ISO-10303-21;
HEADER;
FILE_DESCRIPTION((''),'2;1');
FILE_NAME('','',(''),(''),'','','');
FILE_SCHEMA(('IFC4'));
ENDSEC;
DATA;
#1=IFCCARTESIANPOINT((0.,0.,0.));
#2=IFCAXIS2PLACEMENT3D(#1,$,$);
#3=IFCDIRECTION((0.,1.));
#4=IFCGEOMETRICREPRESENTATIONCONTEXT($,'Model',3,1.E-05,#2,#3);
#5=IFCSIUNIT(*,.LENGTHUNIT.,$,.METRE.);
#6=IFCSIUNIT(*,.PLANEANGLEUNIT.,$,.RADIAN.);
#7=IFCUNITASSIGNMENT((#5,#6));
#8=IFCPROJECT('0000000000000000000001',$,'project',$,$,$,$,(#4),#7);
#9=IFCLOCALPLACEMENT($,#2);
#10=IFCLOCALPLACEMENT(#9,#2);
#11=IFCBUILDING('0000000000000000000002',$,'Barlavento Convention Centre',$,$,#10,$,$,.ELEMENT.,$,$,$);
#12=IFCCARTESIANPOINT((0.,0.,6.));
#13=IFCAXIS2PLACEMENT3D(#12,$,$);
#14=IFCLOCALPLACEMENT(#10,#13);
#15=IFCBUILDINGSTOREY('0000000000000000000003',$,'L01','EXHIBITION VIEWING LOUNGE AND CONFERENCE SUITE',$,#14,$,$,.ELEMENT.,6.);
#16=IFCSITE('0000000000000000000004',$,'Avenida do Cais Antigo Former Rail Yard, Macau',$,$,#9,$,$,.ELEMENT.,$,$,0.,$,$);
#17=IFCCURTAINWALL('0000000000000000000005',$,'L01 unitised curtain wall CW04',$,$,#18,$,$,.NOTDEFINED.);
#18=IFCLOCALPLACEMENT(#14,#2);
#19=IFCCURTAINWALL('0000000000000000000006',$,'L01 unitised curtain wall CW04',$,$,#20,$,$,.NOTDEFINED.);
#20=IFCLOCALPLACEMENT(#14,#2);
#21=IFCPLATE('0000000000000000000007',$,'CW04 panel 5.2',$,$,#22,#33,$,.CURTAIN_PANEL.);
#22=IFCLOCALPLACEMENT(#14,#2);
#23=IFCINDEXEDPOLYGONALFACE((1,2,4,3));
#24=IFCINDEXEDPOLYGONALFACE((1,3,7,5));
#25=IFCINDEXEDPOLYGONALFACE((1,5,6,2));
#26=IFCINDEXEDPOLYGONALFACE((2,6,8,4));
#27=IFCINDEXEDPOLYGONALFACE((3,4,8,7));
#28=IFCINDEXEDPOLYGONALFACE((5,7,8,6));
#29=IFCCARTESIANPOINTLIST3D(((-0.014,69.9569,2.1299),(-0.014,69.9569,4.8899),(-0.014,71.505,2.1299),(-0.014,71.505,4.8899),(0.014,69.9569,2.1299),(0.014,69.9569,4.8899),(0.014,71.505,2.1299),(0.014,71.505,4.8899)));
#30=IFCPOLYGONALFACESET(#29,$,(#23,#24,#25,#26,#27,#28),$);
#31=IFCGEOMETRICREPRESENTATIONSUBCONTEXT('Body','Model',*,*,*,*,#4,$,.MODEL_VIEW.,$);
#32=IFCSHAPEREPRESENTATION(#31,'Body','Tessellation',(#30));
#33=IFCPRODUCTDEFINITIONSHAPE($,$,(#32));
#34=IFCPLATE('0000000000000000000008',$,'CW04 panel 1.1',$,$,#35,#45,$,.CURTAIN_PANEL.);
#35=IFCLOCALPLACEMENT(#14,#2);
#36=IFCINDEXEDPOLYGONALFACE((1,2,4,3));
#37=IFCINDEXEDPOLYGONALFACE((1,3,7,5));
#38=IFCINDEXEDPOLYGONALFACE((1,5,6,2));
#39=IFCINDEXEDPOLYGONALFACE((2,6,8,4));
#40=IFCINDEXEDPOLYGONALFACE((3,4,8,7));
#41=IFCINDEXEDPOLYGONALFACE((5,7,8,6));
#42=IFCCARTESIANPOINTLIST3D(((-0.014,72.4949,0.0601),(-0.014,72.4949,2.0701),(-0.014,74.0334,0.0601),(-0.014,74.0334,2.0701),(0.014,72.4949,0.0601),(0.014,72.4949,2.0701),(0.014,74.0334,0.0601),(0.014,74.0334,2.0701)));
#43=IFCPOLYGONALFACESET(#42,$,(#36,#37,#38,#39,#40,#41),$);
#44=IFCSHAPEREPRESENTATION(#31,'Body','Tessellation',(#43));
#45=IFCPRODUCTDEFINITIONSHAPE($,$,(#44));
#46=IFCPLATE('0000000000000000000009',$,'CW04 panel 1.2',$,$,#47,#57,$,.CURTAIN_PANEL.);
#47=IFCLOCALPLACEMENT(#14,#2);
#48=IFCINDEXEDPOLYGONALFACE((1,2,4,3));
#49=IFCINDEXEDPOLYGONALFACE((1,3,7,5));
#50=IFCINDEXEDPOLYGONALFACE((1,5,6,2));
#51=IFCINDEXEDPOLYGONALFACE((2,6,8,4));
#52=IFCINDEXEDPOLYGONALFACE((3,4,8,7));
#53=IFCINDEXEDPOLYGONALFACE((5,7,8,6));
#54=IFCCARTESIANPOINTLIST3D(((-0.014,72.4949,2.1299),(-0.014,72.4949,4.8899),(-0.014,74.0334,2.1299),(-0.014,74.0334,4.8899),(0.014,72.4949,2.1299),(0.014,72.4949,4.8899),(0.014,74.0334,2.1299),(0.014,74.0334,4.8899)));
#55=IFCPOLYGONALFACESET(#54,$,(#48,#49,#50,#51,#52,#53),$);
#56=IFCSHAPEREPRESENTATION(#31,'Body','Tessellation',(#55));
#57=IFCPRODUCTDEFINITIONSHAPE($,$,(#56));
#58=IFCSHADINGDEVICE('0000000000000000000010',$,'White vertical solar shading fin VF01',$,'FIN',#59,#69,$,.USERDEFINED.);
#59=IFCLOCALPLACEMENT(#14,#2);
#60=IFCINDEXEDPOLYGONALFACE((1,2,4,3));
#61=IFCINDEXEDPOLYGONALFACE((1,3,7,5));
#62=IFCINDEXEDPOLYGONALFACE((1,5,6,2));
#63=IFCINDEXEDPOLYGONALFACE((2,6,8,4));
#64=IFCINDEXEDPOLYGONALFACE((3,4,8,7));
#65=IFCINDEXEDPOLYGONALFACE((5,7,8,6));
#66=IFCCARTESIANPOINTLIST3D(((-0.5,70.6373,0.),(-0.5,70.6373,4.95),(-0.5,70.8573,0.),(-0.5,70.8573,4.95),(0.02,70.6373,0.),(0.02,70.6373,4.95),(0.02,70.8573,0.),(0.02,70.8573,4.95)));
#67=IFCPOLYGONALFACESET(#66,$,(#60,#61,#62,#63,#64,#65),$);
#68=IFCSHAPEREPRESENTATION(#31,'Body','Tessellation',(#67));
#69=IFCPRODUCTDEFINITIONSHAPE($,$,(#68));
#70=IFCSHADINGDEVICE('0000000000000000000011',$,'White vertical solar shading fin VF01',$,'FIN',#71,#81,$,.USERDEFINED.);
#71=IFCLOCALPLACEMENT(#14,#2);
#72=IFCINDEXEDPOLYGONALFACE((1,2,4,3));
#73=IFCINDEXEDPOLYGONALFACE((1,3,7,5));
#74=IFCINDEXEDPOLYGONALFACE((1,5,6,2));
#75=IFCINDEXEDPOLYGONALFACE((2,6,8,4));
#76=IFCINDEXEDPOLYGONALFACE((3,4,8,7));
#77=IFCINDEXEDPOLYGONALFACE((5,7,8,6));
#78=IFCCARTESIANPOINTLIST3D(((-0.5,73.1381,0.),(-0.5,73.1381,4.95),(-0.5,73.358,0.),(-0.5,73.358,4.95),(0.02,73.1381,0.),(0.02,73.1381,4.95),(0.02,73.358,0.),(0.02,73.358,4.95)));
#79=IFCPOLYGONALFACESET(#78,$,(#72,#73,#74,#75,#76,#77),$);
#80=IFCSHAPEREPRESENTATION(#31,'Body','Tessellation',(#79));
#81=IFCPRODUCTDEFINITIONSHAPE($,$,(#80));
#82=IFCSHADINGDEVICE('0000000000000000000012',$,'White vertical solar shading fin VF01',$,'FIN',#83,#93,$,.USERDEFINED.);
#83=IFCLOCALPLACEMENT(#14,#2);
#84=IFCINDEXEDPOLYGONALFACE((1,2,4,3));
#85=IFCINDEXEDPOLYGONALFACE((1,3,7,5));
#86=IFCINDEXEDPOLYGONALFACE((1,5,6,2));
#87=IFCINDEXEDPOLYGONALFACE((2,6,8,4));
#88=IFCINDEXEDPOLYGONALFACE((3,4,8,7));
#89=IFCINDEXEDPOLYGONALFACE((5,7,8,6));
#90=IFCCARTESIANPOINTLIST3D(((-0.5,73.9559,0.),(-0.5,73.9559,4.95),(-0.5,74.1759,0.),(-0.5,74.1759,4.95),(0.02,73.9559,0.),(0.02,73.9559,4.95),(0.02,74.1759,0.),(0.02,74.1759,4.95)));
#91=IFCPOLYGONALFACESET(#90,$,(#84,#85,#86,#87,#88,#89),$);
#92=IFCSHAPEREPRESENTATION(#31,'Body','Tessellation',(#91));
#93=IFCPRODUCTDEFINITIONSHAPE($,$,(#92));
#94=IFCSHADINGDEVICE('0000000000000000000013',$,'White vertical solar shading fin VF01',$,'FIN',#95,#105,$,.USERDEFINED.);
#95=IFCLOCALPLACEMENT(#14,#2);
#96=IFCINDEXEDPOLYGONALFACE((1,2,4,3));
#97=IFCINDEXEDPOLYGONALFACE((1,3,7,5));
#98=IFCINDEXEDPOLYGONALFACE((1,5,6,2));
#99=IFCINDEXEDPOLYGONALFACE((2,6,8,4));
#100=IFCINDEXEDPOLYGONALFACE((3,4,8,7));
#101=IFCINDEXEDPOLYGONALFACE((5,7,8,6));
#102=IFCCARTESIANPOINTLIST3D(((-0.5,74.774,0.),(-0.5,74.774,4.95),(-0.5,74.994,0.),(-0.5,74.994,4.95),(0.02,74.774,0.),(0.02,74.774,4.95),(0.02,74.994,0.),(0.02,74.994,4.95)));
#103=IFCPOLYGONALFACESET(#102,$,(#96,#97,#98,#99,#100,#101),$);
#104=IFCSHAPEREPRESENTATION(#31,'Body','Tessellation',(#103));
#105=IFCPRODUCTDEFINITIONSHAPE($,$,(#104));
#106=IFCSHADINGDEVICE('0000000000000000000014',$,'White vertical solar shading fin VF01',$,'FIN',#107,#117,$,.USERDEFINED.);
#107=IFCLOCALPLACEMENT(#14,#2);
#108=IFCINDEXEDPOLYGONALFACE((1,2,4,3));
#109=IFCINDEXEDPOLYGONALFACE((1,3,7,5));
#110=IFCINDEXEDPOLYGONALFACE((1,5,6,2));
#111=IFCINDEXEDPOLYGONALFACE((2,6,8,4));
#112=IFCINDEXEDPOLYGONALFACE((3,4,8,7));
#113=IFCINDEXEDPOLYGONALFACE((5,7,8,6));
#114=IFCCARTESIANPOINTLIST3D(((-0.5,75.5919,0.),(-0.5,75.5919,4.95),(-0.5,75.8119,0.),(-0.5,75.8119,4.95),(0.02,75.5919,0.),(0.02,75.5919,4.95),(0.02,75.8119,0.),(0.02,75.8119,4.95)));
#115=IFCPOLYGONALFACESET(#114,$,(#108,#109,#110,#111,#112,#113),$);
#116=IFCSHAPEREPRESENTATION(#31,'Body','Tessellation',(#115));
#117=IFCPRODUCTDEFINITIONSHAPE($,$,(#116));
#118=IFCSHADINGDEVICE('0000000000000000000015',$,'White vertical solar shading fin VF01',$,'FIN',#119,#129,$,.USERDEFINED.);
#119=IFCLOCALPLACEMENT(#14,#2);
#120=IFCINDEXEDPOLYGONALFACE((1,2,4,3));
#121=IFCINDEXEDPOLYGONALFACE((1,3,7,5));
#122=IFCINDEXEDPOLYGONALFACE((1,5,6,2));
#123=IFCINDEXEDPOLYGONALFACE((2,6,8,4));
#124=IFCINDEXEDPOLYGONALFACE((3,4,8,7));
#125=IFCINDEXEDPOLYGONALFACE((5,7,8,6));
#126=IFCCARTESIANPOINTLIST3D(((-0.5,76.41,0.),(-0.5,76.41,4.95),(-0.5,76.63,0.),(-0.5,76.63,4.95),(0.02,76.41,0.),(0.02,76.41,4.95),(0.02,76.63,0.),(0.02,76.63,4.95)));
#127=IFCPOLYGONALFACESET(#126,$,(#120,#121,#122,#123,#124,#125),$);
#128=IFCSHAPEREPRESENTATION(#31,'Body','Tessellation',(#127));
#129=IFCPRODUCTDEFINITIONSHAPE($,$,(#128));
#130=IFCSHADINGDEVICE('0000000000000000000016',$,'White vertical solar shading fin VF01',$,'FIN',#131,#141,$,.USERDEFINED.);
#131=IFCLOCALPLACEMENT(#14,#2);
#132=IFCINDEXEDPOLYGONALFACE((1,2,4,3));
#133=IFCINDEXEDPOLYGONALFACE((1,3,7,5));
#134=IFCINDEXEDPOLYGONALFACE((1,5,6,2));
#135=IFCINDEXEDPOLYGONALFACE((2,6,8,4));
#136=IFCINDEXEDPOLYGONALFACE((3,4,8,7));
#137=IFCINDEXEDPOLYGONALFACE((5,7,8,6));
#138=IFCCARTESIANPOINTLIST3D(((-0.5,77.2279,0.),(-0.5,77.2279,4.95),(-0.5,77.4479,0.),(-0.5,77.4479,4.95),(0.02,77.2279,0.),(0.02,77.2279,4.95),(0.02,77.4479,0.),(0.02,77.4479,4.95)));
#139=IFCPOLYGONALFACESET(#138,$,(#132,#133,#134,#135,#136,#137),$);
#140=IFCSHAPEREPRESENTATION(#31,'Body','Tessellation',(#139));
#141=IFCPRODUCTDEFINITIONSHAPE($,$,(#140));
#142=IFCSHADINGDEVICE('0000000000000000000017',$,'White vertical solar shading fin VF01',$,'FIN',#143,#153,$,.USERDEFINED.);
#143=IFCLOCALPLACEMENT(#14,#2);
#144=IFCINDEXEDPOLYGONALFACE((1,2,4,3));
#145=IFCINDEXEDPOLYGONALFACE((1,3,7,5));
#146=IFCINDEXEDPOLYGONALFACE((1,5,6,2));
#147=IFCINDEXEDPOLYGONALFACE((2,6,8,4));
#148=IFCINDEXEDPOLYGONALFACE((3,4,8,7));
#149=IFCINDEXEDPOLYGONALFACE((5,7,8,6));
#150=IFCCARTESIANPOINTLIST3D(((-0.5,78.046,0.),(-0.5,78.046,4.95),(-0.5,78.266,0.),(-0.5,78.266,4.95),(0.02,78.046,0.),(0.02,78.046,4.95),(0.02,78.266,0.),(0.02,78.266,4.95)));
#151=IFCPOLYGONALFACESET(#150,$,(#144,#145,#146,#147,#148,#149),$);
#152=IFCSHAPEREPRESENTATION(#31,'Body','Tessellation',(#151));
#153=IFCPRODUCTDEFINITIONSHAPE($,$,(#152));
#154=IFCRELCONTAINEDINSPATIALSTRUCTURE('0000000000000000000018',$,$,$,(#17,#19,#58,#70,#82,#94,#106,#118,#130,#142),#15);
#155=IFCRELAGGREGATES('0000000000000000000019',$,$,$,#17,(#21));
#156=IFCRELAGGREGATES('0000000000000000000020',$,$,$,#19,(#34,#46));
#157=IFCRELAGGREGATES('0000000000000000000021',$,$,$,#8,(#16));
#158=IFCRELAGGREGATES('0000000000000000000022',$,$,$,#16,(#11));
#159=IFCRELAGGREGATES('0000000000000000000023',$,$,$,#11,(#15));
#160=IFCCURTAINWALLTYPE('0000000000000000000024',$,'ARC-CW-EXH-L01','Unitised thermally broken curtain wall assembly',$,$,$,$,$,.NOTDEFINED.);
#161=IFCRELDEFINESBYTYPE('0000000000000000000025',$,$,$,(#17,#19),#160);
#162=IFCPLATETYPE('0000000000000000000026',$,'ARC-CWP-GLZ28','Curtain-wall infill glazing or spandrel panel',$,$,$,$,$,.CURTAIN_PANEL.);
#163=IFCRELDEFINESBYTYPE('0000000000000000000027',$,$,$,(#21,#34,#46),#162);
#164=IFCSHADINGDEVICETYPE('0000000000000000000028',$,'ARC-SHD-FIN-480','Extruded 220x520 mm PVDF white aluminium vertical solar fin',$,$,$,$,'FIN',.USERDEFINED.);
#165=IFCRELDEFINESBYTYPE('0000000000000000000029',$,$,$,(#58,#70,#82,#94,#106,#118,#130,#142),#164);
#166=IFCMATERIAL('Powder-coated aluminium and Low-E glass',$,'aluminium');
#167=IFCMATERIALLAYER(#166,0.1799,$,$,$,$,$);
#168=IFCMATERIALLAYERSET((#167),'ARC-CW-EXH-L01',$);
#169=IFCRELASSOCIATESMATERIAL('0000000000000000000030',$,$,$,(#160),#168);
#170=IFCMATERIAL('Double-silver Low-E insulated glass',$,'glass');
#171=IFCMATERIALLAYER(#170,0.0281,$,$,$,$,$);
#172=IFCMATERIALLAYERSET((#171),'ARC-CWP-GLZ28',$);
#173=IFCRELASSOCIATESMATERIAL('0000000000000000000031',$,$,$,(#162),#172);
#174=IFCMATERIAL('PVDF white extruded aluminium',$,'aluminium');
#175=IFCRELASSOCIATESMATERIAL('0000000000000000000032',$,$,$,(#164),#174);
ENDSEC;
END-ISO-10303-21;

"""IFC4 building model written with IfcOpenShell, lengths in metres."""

from ifc_helpers import new_model, si_unit, direction, frame, origin, origin_2d, place, context, subcontext, project, spatial, rectangle, extrude, material, layer, layer_set, type_object, element, aggregate, save


model = new_model("IFC4")

# Units and contexts
model_context = context("Model", 3, precision=1e-05, world=origin(), true_north=direction((0.0, 1.0)))
body_context = subcontext(model_context, "Body", "Model", "MODEL_VIEW")
ifc_project = project(units=[si_unit("LENGTHUNIT", "METRE"), si_unit("PLANEANGLEUNIT", "RADIAN")], contexts=[model_context])

# Site, building, storey
site_placement = place(None, origin())
site = spatial("IfcSite", under=ifc_project, at=site_placement, Name="Avenida do Cais Antigo Former Rail Yard, Macau", CompositionType="ELEMENT", RefElevation=0.0)
building_placement = place(site_placement, origin())
building = spatial("IfcBuilding", under=site, at=building_placement, Name="Barlavento Convention Centre", CompositionType="ELEMENT")
storey_placement = place(building_placement, frame((0.0, 0.0, 6.0)))
storey = spatial("IfcBuildingStorey", under=building, at=storey_placement, Name="L01", Description="EXHIBITION VIEWING LOUNGE AND CONFERENCE SUITE", CompositionType="ELEMENT", Elevation=6.0)

# Curtain wall
ifc_material_1 = material(Name="Powder-coated aluminium and Low-E glass", Category="aluminium")
ifc_layer_1 = layer(ifc_material_1, 0.1799)
ifc_layer_set_1 = layer_set([ifc_layer_1], Name="ARC-CW-EXH-L01")
curtain_wall_type = type_object("IfcCurtainWallType", Name="ARC-CW-EXH-L01", Description="Unitised thermally broken curtain wall assembly", PredefinedType="NOTDEFINED", material=ifc_layer_set_1)
curtain_wall_1_placement = place(storey_placement, origin())
curtain_wall_1 = element("IfcCurtainWall", 1, at=curtain_wall_1_placement, inside=storey, type_object=curtain_wall_type, Name="L01 unitised curtain wall CW04", PredefinedType="NOTDEFINED")

# Curtain wall
curtain_wall_2_placement = place(storey_placement, origin())
curtain_wall_2 = element("IfcCurtainWall", 2, at=curtain_wall_2_placement, inside=storey, type_object=curtain_wall_type, Name="L01 unitised curtain wall CW04", PredefinedType="NOTDEFINED")

# Plates
ifc_material_2 = material(Name="Double-silver Low-E insulated glass", Category="glass")
ifc_layer_2 = layer(ifc_material_2, 0.0281)
ifc_layer_set_2 = layer_set([ifc_layer_2], Name="ARC-CWP-GLZ28")
plate_type = type_object("IfcPlateType", Name="ARC-CWP-GLZ28", Description="Curtain-wall infill glazing or spandrel panel", PredefinedType="CURTAIN_PANEL", material=ifc_layer_set_2)
plate_1_placement = place(storey_placement, frame((0.0, 70.731, 2.1299), z_axis=(0.0, 0.0, 1.0), x_axis=(0.0, 1.0, 0.0)))
plate_1 = element("IfcPlate", 3, at=plate_1_placement, type_object=plate_type, Name="CW04 panel 5.2", PredefinedType="CURTAIN_PANEL", context=body_context, shape_type="SweptSolid", body=[
    extrude(rectangle(XDim=1.5481, YDim=0.0281, at=origin_2d()), origin(), (0.0, 0.0, 1.0), 2.76),
])
aggregate(curtain_wall_1, [plate_1])
plate_2_placement = place(storey_placement, frame((0.0, 73.2642, 0.0601), z_axis=(0.0, 0.0, 1.0), x_axis=(0.0, 1.0, 0.0)))
plate_2 = element("IfcPlate", 4, at=plate_2_placement, type_object=plate_type, Name="CW04 panel 1.1", PredefinedType="CURTAIN_PANEL", context=body_context, shape_type="SweptSolid", body=[
    extrude(rectangle(XDim=1.5386, YDim=0.0281, at=origin_2d()), origin(), (0.0, 0.0, 1.0), 2.01),
])
plate_3_placement = place(storey_placement, frame((0.0, 73.2642, 2.1299), z_axis=(0.0, 0.0, 1.0), x_axis=(0.0, 1.0, 0.0)))
plate_3 = element("IfcPlate", 5, at=plate_3_placement, type_object=plate_type, Name="CW04 panel 1.2", PredefinedType="CURTAIN_PANEL", context=body_context, shape_type="SweptSolid", body=[
    extrude(rectangle(XDim=1.5386, YDim=0.0281, at=origin_2d()), origin(), (0.0, 0.0, 1.0), 2.76),
])
aggregate(curtain_wall_2, [plate_2, plate_3])

# Shading devices
ifc_material_3 = material(Name="PVDF white extruded aluminium", Category="aluminium")
shading_device_type = type_object("IfcShadingDeviceType", Name="ARC-SHD-FIN-480", Description="Extruded 220x520 mm PVDF white aluminium vertical solar fin", ElementType="FIN", PredefinedType="USERDEFINED", material=ifc_material_3)
for number, where, z_axis, x_axis, name in (
    (6, (-0.24, 70.7473, 0.0), (0.0, 0.0, 1.0), (0.0, 1.0, 0.0), "White vertical solar shading fin VF01"),
    (7, (-0.24, 73.248, 0.0), (0.0, 0.0, 1.0), (0.0, 1.0, 0.0), "White vertical solar shading fin VF01"),
    (8, (-0.24, 74.0659, 0.0), (0.0, 0.0, 1.0), (0.0, 1.0, 0.0), "White vertical solar shading fin VF01"),
    (9, (-0.24, 74.884, 0.0), (0.0, 0.0, 1.0), (0.0, 1.0, 0.0), "White vertical solar shading fin VF01"),
    (10, (-0.24, 75.7019, 0.0), (0.0, 0.0, 1.0), (0.0, 1.0, 0.0), "White vertical solar shading fin VF01"),
    (11, (-0.24, 76.52, 0.0), (0.0, 0.0, 1.0), (0.0, 1.0, 0.0), "White vertical solar shading fin VF01"),
    (12, (-0.24, 77.3379, 0.0), (0.0, 0.0, 1.0), (0.0, 1.0, 0.0), "White vertical solar shading fin VF01"),
    (13, (-0.24, 78.156, 0.0), (0.0, 0.0, 1.0), (0.0, 1.0, 0.0), "White vertical solar shading fin VF01"),
):
    element("IfcShadingDevice", number, at=place(storey_placement, frame(where, z_axis=z_axis, x_axis=x_axis)), inside=storey, type_object=shading_device_type, Name=name, ObjectType="FIN", PredefinedType="USERDEFINED", context=body_context, shape_type="SweptSolid", body=[
        extrude(rectangle(XDim=0.22, YDim=0.52, at=origin_2d()), origin(), (0.0, 0.0, 1.0), 4.95),
    ])

save(model, "model.ifc")
